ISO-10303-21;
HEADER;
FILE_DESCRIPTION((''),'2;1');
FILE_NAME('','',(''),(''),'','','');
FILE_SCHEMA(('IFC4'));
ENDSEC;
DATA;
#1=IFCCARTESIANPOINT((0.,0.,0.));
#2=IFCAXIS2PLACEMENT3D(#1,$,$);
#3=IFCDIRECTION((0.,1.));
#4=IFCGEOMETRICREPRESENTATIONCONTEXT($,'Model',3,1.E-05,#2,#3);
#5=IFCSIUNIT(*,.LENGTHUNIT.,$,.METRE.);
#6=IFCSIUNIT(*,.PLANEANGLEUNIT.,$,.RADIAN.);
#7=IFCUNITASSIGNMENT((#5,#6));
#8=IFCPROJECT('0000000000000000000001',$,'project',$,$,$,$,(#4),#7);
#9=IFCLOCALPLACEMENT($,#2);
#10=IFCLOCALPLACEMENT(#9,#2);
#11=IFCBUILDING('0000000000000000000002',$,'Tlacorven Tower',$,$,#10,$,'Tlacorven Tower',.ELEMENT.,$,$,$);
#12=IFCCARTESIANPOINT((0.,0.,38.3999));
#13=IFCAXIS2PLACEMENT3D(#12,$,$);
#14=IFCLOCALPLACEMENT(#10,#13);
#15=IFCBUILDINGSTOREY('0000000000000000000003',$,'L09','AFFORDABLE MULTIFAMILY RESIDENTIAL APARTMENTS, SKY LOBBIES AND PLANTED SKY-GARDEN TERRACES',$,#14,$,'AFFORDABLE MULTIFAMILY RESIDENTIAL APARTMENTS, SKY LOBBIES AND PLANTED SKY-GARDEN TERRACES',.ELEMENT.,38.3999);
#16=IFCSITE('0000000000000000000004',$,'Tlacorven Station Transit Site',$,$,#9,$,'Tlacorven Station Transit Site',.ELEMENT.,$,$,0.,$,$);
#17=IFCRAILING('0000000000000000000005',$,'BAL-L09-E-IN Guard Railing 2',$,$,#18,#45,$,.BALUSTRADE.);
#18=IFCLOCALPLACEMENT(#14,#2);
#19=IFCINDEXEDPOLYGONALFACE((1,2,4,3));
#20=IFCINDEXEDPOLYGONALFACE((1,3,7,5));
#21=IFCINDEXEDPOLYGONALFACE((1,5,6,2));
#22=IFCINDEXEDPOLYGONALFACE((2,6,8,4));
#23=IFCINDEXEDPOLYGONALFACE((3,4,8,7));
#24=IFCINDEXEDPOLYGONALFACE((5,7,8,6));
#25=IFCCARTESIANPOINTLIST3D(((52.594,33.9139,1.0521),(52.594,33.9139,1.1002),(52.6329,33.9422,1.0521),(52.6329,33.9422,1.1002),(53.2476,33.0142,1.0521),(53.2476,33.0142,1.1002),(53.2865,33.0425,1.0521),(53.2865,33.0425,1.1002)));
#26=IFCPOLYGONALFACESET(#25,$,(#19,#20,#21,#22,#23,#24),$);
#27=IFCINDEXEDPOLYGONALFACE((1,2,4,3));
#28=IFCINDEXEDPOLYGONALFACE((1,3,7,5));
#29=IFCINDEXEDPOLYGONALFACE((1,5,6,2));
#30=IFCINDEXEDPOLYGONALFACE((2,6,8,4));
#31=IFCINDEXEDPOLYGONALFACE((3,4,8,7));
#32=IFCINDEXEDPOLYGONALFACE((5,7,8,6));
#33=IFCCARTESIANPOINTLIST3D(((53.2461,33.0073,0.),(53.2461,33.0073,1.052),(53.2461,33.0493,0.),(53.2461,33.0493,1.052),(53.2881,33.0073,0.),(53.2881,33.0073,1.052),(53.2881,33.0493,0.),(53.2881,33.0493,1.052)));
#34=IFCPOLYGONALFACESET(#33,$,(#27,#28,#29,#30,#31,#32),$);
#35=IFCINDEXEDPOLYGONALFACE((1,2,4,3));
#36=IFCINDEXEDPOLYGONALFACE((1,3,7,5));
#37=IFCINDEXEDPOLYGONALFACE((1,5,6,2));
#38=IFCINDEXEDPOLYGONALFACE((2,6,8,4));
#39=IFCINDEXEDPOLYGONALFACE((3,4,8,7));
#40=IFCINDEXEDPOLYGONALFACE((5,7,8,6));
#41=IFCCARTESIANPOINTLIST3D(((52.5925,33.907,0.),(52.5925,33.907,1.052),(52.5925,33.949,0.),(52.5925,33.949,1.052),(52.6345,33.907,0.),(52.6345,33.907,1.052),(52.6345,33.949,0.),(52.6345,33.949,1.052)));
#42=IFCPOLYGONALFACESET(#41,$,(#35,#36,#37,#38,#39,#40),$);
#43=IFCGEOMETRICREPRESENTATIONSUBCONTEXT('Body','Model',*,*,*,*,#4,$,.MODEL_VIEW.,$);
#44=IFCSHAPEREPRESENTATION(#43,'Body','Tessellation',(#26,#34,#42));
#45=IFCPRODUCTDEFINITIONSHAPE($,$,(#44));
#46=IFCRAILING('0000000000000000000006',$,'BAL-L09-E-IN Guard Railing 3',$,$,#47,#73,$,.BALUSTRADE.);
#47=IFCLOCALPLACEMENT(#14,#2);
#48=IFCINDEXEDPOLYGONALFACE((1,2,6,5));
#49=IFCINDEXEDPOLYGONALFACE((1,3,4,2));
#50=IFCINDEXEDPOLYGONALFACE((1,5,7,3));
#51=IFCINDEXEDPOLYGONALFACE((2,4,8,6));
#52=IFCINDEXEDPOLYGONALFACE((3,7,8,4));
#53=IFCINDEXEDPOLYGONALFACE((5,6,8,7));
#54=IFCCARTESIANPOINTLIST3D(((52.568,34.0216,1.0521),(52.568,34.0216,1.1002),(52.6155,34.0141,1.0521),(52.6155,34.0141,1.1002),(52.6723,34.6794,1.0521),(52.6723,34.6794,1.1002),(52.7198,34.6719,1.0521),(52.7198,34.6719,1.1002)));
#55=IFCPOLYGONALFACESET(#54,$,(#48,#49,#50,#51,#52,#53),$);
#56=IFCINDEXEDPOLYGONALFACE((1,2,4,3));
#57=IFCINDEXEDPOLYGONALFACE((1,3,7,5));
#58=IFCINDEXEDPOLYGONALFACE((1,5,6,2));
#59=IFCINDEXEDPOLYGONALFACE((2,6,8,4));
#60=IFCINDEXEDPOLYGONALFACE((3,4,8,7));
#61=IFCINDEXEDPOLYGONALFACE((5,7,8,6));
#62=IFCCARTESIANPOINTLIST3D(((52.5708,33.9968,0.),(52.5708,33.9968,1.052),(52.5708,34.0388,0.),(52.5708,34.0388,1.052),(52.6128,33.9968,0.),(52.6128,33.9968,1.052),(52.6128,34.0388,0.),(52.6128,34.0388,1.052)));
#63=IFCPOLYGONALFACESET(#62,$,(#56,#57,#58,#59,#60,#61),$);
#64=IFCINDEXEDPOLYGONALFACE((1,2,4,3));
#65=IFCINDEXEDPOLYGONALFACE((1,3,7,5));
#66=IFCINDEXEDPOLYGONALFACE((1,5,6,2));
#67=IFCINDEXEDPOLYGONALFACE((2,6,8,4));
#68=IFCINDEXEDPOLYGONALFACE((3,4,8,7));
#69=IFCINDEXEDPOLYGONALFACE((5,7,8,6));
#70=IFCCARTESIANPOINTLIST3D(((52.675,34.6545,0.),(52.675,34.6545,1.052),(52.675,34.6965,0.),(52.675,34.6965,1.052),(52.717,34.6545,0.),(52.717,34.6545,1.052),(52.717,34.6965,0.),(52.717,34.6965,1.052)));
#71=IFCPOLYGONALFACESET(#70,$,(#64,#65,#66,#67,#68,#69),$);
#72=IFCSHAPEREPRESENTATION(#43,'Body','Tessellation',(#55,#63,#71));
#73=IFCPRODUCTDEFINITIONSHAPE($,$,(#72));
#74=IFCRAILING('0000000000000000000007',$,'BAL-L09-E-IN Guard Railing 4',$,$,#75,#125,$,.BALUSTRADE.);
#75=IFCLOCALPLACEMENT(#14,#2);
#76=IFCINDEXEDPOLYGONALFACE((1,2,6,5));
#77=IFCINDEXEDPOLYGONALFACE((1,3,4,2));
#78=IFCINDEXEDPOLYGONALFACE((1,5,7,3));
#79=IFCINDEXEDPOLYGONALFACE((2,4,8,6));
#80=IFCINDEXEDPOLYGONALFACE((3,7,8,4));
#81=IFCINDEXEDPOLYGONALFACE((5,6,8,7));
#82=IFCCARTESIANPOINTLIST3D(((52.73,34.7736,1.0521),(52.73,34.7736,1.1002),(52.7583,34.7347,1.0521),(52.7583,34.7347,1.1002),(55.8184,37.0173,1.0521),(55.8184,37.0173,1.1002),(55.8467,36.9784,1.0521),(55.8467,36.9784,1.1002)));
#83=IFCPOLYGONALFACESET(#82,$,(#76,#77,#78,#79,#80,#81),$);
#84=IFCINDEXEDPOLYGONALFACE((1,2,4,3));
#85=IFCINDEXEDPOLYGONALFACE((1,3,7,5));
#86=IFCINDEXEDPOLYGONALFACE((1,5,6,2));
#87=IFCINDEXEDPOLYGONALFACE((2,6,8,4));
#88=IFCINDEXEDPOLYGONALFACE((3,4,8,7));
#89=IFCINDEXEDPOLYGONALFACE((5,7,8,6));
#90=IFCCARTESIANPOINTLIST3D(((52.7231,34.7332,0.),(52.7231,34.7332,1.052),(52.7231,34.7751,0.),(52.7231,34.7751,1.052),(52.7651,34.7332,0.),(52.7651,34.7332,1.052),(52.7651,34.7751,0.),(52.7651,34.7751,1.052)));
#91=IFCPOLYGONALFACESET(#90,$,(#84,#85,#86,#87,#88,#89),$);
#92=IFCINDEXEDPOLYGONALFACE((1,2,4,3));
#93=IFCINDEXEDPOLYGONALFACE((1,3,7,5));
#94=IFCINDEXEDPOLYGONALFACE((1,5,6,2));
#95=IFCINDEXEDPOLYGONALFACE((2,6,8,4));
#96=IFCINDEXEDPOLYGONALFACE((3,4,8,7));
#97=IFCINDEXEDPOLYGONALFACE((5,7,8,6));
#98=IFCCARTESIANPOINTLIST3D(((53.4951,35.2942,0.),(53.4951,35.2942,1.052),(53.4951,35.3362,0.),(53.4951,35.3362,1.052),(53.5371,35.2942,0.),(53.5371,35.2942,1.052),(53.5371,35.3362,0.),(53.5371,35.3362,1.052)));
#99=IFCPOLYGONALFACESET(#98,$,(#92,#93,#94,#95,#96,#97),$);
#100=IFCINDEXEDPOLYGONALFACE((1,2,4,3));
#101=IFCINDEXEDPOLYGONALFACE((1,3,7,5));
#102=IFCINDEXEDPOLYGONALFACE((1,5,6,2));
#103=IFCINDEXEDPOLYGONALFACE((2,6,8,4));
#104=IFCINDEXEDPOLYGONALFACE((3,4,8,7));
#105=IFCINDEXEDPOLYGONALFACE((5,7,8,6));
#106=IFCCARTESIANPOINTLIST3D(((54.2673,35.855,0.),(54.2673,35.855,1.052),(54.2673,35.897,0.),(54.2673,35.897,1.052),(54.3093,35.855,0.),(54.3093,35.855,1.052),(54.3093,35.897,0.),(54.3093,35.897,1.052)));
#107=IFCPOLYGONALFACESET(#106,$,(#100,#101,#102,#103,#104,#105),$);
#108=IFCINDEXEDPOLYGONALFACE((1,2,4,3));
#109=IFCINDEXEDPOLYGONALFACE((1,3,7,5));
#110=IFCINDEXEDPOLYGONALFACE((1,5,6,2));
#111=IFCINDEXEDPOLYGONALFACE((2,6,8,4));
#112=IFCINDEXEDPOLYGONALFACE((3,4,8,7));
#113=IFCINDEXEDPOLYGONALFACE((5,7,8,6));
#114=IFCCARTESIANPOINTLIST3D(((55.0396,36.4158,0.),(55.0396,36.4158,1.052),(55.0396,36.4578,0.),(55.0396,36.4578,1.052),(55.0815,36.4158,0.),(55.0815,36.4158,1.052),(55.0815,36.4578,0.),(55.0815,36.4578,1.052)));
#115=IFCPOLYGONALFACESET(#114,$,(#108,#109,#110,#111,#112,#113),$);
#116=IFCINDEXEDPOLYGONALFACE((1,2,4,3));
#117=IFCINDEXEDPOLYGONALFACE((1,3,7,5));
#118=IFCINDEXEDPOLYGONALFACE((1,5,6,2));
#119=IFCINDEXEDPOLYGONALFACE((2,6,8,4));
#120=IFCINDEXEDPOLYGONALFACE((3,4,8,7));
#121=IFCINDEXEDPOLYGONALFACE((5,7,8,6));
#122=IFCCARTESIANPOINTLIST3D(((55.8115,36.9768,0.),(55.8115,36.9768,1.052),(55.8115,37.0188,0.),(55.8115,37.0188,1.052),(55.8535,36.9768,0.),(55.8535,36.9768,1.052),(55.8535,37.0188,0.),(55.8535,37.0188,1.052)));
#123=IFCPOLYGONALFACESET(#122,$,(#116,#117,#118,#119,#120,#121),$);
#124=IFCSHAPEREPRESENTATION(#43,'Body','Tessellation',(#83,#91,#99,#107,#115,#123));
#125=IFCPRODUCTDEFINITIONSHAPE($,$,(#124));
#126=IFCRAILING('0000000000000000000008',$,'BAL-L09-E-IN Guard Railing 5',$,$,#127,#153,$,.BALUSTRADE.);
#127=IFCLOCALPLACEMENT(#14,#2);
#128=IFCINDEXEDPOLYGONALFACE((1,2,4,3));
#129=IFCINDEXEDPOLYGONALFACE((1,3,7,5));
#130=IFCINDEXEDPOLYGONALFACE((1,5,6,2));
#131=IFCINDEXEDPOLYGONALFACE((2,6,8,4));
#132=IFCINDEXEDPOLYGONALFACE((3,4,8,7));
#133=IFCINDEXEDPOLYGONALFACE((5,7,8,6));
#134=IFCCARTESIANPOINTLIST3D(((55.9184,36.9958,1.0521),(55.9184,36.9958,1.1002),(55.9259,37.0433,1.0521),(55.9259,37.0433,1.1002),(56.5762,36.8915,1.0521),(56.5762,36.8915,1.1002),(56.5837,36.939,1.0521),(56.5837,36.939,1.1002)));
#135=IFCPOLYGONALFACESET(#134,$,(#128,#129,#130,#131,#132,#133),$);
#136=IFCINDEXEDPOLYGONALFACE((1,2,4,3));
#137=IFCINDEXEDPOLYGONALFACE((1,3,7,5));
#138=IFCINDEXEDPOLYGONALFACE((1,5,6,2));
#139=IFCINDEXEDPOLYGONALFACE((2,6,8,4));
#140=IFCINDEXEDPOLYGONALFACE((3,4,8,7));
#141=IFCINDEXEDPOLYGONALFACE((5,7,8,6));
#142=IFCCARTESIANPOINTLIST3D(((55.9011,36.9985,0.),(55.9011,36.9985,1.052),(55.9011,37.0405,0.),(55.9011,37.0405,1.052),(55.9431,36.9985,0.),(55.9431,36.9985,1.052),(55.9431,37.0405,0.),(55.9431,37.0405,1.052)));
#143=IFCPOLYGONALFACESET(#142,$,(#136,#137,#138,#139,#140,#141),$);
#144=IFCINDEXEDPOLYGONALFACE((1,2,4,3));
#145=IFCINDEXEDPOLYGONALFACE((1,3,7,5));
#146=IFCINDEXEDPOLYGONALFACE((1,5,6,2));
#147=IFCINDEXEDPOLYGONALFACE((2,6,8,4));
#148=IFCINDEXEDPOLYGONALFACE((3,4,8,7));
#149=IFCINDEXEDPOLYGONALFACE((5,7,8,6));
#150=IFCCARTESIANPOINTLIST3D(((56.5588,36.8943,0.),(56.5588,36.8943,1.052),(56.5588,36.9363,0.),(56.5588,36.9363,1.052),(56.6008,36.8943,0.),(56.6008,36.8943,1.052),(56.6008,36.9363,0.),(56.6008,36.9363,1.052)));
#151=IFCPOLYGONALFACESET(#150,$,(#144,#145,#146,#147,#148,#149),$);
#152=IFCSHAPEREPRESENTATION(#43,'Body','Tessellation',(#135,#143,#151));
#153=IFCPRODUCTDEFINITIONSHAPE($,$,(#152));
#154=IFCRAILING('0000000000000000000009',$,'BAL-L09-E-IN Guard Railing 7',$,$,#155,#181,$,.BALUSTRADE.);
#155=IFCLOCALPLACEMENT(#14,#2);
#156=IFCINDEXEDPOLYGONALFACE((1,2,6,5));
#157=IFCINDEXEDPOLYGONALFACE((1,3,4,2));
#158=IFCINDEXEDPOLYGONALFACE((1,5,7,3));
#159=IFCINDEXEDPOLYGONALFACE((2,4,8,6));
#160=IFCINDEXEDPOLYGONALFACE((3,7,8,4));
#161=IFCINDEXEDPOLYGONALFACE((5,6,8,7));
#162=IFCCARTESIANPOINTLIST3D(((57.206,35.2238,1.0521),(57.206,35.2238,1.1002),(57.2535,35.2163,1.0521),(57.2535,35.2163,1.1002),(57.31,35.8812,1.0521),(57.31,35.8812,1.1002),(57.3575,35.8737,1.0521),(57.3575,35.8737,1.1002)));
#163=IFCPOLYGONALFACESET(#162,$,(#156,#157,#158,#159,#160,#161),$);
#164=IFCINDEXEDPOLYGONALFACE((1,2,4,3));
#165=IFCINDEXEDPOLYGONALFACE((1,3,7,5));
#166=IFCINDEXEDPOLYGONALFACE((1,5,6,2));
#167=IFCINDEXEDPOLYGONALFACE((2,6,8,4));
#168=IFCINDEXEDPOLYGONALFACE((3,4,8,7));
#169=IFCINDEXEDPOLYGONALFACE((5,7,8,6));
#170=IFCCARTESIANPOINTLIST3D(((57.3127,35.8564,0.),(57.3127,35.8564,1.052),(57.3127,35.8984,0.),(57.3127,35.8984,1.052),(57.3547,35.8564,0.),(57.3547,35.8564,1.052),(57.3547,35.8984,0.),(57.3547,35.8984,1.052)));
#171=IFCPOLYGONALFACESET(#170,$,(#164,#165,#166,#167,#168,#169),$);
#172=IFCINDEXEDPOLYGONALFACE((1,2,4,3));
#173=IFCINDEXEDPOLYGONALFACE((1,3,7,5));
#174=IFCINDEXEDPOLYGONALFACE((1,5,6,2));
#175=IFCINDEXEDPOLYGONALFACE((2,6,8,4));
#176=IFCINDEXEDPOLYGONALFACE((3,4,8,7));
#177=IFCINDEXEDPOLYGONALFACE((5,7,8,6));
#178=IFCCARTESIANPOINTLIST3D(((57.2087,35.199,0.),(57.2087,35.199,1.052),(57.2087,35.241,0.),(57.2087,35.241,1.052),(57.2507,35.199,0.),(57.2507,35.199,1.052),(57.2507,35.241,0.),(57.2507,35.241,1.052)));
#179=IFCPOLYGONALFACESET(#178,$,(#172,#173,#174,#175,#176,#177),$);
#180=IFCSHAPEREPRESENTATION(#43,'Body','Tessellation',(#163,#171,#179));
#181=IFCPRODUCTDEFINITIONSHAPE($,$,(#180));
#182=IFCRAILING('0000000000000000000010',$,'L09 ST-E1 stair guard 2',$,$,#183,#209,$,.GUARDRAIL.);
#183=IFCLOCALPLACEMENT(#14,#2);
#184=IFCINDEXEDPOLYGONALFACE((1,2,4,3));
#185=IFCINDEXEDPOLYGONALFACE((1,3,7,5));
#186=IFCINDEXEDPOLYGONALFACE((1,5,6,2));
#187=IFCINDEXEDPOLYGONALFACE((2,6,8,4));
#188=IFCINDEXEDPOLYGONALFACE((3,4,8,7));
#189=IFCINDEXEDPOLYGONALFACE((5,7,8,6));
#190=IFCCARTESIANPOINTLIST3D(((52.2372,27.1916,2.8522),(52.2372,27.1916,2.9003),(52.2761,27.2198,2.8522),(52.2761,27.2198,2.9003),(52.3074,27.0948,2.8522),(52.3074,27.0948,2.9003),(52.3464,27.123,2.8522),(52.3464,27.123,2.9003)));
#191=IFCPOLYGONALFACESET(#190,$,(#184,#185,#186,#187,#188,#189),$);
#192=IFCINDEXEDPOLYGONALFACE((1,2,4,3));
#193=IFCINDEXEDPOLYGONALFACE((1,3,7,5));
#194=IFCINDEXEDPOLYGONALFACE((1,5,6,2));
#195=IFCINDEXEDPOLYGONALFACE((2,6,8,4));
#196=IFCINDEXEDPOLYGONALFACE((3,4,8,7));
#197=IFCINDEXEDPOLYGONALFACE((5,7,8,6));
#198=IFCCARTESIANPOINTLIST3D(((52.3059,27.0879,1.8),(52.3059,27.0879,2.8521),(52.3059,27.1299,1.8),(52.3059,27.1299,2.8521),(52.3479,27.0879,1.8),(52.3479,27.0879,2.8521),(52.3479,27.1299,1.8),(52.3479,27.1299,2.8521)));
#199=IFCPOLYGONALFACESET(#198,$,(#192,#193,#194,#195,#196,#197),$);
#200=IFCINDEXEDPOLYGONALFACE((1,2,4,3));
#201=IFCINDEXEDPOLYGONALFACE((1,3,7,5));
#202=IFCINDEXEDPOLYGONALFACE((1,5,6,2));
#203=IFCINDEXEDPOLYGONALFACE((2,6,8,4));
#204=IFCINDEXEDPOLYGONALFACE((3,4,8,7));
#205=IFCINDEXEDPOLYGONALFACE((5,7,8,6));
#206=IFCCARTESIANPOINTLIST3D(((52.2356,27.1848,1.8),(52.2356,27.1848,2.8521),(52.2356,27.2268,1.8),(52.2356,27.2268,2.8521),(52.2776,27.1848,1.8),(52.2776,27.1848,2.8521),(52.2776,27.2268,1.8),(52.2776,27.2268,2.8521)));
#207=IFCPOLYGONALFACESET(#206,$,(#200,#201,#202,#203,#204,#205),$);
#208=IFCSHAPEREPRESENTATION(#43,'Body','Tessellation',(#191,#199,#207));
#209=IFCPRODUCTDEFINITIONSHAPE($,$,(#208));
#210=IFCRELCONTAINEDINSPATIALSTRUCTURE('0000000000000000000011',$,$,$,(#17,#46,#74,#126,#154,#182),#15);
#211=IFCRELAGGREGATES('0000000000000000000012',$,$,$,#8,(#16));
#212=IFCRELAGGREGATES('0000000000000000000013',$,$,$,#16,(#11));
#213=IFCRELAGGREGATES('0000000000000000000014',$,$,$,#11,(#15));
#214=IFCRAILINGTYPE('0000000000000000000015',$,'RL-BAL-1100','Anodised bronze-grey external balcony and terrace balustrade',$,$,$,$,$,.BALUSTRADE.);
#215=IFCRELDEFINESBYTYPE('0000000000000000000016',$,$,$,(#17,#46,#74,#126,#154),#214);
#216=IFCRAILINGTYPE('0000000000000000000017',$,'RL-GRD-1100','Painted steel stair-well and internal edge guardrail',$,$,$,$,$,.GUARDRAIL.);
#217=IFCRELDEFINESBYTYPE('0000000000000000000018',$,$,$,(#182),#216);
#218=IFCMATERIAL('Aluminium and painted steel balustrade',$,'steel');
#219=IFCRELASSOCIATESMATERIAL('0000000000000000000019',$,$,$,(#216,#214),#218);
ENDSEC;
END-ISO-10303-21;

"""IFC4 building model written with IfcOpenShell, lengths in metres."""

from ifc_helpers import new_model, si_unit, direction, frame, origin, origin_2d, place, context, subcontext, project, spatial, rectangle, extrude, source, transform, mapped, material, type_object, element, save


model = new_model("IFC4")

# Units and contexts
model_context = context("Model", 3, precision=1e-05, world=origin(), true_north=direction((0.0, 1.0)))
body_context = subcontext(model_context, "Body", "Model", "MODEL_VIEW")
ifc_project = project(units=[si_unit("LENGTHUNIT", "METRE"), si_unit("PLANEANGLEUNIT", "RADIAN")], contexts=[model_context])

# Site, building, storey
site_placement = place(None, origin())
site = spatial("IfcSite", under=ifc_project, at=site_placement, Name="Tlacorven Station Transit Site", LongName="Tlacorven Station Transit Site", CompositionType="ELEMENT", RefElevation=0.0)
building_placement = place(site_placement, origin())
building = spatial("IfcBuilding", under=site, at=building_placement, Name="Tlacorven Tower", LongName="Tlacorven Tower", CompositionType="ELEMENT")
storey_placement = place(building_placement, frame((0.0, 0.0, 38.3999)))
storey = spatial("IfcBuildingStorey", under=building, at=storey_placement, Name="L09", Description="AFFORDABLE MULTIFAMILY RESIDENTIAL APARTMENTS, SKY LOBBIES AND PLANTED SKY-GARDEN TERRACES", LongName="AFFORDABLE MULTIFAMILY RESIDENTIAL APARTMENTS, SKY LOBBIES AND PLANTED SKY-GARDEN TERRACES", CompositionType="ELEMENT", Elevation=38.3999)

# Railings
ifc_material_1 = material(Name="Aluminium and painted steel balustrade", Category="steel")
railing_type_1 = type_object("IfcRailingType", Name="RL-GRD-1100", Description="Painted steel stair-well and internal edge guardrail", PredefinedType="GUARDRAIL", material=ifc_material_1)
railing_type_2 = type_object("IfcRailingType", Name="RL-BAL-1100", Description="Anodised bronze-grey external balcony and terrace balustrade", PredefinedType="BALUSTRADE", material=ifc_material_1)
shared_shape_1 = source(origin(), body_context, "Body", "SweptSolid", [
    extrude(rectangle(XDim=0.0481, YDim=0.0481, at=origin_2d()), frame((0.0, 0.0, 1.0762), z_axis=(-0.587741, 0.809049, 0.0), x_axis=(-0.809049, -0.587741, 0.0)), (0.0, 0.0, 1.0), 1.1121),
    extrude(rectangle(XDim=0.042, YDim=0.042, at=origin_2d()), origin(), (0.0, 0.0, 1.0), 1.052),
    extrude(rectangle(XDim=0.042, YDim=0.042, at=origin_2d()), frame((-0.6536, 0.8997, 0.0)), (0.0, 0.0, 1.0), 1.052),
])
railing_1_placement = place(storey_placement, frame((53.2671, 33.0283, 0.0)))
element("IfcRailing", 1, at=railing_1_placement, inside=storey, type_object=railing_type_2, Name="BAL-L09-E-IN Guard Railing 2", PredefinedType="BALUSTRADE", context=body_context, shape_type="MappedRepresentation", body=[
    mapped(shared_shape_1, transform((0.0, 0.0, 0.0), scale=1.0)),
])
shared_shape_2 = source(origin(), body_context, "Body", "SweptSolid", [
    extrude(rectangle(XDim=0.0481, YDim=0.0481, at=origin_2d()), frame((0.0, 0.0, 1.0762), z_axis=(0.156546, 0.987671, 0.0), x_axis=(-0.987671, 0.156546, 0.0)), (0.0, 0.0, 1.0), 0.666),
    extrude(rectangle(XDim=0.042, YDim=0.042, at=origin_2d()), origin(), (0.0, 0.0, 1.0), 1.052),
    extrude(rectangle(XDim=0.042, YDim=0.042, at=origin_2d()), frame((0.1042, 0.6577, 0.0)), (0.0, 0.0, 1.0), 1.052),
])
railing_2_placement = place(storey_placement, frame((52.5918, 34.0178, 0.0)))
element("IfcRailing", 2, at=railing_2_placement, inside=storey, type_object=railing_type_2, Name="BAL-L09-E-IN Guard Railing 3", PredefinedType="BALUSTRADE", context=body_context, shape_type="MappedRepresentation", body=[
    mapped(shared_shape_2, transform((0.0, 0.0, 0.0), scale=1.0)),
])
shared_shape_3 = source(origin(), body_context, "Body", "SweptSolid", [
    extrude(rectangle(XDim=0.0481, YDim=0.0481, at=origin_2d()), frame((0.0, 0.0, 1.0762), z_axis=(0.80904, 0.587753, 0.0), x_axis=(-0.587753, 0.80904, 0.0)), (0.0, 0.0, 1.0), 3.8174),
    extrude(rectangle(XDim=0.042, YDim=0.042, at=origin_2d()), origin(), (0.0, 0.0, 1.0), 1.052),
    extrude(rectangle(XDim=0.042, YDim=0.042, at=origin_2d()), frame((0.772, 0.561, 0.0)), (0.0, 0.0, 1.0), 1.052),
    extrude(rectangle(XDim=0.042, YDim=0.042, at=origin_2d()), frame((1.5442, 1.1218, 0.0)), (0.0, 0.0, 1.0), 1.052),
    extrude(rectangle(XDim=0.042, YDim=0.042, at=origin_2d()), frame((2.3164, 1.6826, 0.0)), (0.0, 0.0, 1.0), 1.052),
    extrude(rectangle(XDim=0.042, YDim=0.042, at=origin_2d()), frame((3.0884, 2.2437, 0.0)), (0.0, 0.0, 1.0), 1.052),
])
railing_3_placement = place(storey_placement, frame((52.7441, 34.7542, 0.0)))
element("IfcRailing", 3, at=railing_3_placement, inside=storey, type_object=railing_type_2, Name="BAL-L09-E-IN Guard Railing 4", PredefinedType="BALUSTRADE", context=body_context, shape_type="MappedRepresentation", body=[
    mapped(shared_shape_3, transform((0.0, 0.0, 0.0), scale=1.0)),
])
shared_shape_4 = source(origin(), body_context, "Body", "SweptSolid", [
    extrude(rectangle(XDim=0.0481, YDim=0.0481, at=origin_2d()), frame((0.0, 0.0, 1.0762), z_axis=(0.987671, -0.156546, 0.0), x_axis=(0.156546, 0.987671, 0.0)), (0.0, 0.0, 1.0), 0.666),
    extrude(rectangle(XDim=0.042, YDim=0.042, at=origin_2d()), origin(), (0.0, 0.0, 1.0), 1.052),
    extrude(rectangle(XDim=0.042, YDim=0.042, at=origin_2d()), frame((0.6577, -0.1042, 0.0)), (0.0, 0.0, 1.0), 1.052),
])
railing_4_placement = place(storey_placement, frame((55.9221, 37.0195, 0.0)))
element("IfcRailing", 4, at=railing_4_placement, inside=storey, type_object=railing_type_2, Name="BAL-L09-E-IN Guard Railing 5", PredefinedType="BALUSTRADE", context=body_context, shape_type="MappedRepresentation", body=[
    mapped(shared_shape_4, transform((0.0, 0.0, 0.0), scale=1.0)),
])
shared_shape_5 = source(origin(), body_context, "Body", "SweptSolid", [
    extrude(rectangle(XDim=0.0481, YDim=0.0481, at=origin_2d()), frame((0.0, 0.0, 1.0762), z_axis=(-0.156245, -0.987718, 0.0), x_axis=(0.987718, -0.156245, 0.0)), (0.0, 0.0, 1.0), 0.6655),
    extrude(rectangle(XDim=0.042, YDim=0.042, at=origin_2d()), origin(), (0.0, 0.0, 1.0), 1.052),
    extrude(rectangle(XDim=0.042, YDim=0.042, at=origin_2d()), frame((-0.104, -0.6575, 0.0)), (0.0, 0.0, 1.0), 1.052),
])
railing_5_placement = place(storey_placement, frame((57.3337, 35.8774, 0.0)))
element("IfcRailing", 5, at=railing_5_placement, inside=storey, type_object=railing_type_2, Name="BAL-L09-E-IN Guard Railing 7", PredefinedType="BALUSTRADE", context=body_context, shape_type="MappedRepresentation", body=[
    mapped(shared_shape_5, transform((0.0, 0.0, 0.0), scale=1.0)),
])
shared_shape_6 = source(origin(), body_context, "Body", "SweptSolid", [
    extrude(rectangle(XDim=0.0481, YDim=0.0481, at=origin_2d()), frame((0.0, 0.0, 1.0762), z_axis=(-0.587201, 0.809441, 0.0), x_axis=(-0.809441, -0.587201, 0.0)), (0.0, 0.0, 1.0), 0.1196),
    extrude(rectangle(XDim=0.042, YDim=0.042, at=origin_2d()), origin(), (0.0, 0.0, 1.0), 1.052),
    extrude(rectangle(XDim=0.042, YDim=0.042, at=origin_2d()), frame((-0.0703, 0.0969, 0.0)), (0.0, 0.0, 1.0), 1.052),
])
railing_6_placement = place(storey_placement, frame((52.3269, 27.1089, 1.8)))
element("IfcRailing", 6, at=railing_6_placement, inside=storey, type_object=railing_type_1, Name="L09 ST-E1 stair guard 2", PredefinedType="GUARDRAIL", context=body_context, shape_type="MappedRepresentation", body=[
    mapped(shared_shape_6, transform((0.0, 0.0, 0.0), scale=1.0)),
])

save(model, "model.ifc")
